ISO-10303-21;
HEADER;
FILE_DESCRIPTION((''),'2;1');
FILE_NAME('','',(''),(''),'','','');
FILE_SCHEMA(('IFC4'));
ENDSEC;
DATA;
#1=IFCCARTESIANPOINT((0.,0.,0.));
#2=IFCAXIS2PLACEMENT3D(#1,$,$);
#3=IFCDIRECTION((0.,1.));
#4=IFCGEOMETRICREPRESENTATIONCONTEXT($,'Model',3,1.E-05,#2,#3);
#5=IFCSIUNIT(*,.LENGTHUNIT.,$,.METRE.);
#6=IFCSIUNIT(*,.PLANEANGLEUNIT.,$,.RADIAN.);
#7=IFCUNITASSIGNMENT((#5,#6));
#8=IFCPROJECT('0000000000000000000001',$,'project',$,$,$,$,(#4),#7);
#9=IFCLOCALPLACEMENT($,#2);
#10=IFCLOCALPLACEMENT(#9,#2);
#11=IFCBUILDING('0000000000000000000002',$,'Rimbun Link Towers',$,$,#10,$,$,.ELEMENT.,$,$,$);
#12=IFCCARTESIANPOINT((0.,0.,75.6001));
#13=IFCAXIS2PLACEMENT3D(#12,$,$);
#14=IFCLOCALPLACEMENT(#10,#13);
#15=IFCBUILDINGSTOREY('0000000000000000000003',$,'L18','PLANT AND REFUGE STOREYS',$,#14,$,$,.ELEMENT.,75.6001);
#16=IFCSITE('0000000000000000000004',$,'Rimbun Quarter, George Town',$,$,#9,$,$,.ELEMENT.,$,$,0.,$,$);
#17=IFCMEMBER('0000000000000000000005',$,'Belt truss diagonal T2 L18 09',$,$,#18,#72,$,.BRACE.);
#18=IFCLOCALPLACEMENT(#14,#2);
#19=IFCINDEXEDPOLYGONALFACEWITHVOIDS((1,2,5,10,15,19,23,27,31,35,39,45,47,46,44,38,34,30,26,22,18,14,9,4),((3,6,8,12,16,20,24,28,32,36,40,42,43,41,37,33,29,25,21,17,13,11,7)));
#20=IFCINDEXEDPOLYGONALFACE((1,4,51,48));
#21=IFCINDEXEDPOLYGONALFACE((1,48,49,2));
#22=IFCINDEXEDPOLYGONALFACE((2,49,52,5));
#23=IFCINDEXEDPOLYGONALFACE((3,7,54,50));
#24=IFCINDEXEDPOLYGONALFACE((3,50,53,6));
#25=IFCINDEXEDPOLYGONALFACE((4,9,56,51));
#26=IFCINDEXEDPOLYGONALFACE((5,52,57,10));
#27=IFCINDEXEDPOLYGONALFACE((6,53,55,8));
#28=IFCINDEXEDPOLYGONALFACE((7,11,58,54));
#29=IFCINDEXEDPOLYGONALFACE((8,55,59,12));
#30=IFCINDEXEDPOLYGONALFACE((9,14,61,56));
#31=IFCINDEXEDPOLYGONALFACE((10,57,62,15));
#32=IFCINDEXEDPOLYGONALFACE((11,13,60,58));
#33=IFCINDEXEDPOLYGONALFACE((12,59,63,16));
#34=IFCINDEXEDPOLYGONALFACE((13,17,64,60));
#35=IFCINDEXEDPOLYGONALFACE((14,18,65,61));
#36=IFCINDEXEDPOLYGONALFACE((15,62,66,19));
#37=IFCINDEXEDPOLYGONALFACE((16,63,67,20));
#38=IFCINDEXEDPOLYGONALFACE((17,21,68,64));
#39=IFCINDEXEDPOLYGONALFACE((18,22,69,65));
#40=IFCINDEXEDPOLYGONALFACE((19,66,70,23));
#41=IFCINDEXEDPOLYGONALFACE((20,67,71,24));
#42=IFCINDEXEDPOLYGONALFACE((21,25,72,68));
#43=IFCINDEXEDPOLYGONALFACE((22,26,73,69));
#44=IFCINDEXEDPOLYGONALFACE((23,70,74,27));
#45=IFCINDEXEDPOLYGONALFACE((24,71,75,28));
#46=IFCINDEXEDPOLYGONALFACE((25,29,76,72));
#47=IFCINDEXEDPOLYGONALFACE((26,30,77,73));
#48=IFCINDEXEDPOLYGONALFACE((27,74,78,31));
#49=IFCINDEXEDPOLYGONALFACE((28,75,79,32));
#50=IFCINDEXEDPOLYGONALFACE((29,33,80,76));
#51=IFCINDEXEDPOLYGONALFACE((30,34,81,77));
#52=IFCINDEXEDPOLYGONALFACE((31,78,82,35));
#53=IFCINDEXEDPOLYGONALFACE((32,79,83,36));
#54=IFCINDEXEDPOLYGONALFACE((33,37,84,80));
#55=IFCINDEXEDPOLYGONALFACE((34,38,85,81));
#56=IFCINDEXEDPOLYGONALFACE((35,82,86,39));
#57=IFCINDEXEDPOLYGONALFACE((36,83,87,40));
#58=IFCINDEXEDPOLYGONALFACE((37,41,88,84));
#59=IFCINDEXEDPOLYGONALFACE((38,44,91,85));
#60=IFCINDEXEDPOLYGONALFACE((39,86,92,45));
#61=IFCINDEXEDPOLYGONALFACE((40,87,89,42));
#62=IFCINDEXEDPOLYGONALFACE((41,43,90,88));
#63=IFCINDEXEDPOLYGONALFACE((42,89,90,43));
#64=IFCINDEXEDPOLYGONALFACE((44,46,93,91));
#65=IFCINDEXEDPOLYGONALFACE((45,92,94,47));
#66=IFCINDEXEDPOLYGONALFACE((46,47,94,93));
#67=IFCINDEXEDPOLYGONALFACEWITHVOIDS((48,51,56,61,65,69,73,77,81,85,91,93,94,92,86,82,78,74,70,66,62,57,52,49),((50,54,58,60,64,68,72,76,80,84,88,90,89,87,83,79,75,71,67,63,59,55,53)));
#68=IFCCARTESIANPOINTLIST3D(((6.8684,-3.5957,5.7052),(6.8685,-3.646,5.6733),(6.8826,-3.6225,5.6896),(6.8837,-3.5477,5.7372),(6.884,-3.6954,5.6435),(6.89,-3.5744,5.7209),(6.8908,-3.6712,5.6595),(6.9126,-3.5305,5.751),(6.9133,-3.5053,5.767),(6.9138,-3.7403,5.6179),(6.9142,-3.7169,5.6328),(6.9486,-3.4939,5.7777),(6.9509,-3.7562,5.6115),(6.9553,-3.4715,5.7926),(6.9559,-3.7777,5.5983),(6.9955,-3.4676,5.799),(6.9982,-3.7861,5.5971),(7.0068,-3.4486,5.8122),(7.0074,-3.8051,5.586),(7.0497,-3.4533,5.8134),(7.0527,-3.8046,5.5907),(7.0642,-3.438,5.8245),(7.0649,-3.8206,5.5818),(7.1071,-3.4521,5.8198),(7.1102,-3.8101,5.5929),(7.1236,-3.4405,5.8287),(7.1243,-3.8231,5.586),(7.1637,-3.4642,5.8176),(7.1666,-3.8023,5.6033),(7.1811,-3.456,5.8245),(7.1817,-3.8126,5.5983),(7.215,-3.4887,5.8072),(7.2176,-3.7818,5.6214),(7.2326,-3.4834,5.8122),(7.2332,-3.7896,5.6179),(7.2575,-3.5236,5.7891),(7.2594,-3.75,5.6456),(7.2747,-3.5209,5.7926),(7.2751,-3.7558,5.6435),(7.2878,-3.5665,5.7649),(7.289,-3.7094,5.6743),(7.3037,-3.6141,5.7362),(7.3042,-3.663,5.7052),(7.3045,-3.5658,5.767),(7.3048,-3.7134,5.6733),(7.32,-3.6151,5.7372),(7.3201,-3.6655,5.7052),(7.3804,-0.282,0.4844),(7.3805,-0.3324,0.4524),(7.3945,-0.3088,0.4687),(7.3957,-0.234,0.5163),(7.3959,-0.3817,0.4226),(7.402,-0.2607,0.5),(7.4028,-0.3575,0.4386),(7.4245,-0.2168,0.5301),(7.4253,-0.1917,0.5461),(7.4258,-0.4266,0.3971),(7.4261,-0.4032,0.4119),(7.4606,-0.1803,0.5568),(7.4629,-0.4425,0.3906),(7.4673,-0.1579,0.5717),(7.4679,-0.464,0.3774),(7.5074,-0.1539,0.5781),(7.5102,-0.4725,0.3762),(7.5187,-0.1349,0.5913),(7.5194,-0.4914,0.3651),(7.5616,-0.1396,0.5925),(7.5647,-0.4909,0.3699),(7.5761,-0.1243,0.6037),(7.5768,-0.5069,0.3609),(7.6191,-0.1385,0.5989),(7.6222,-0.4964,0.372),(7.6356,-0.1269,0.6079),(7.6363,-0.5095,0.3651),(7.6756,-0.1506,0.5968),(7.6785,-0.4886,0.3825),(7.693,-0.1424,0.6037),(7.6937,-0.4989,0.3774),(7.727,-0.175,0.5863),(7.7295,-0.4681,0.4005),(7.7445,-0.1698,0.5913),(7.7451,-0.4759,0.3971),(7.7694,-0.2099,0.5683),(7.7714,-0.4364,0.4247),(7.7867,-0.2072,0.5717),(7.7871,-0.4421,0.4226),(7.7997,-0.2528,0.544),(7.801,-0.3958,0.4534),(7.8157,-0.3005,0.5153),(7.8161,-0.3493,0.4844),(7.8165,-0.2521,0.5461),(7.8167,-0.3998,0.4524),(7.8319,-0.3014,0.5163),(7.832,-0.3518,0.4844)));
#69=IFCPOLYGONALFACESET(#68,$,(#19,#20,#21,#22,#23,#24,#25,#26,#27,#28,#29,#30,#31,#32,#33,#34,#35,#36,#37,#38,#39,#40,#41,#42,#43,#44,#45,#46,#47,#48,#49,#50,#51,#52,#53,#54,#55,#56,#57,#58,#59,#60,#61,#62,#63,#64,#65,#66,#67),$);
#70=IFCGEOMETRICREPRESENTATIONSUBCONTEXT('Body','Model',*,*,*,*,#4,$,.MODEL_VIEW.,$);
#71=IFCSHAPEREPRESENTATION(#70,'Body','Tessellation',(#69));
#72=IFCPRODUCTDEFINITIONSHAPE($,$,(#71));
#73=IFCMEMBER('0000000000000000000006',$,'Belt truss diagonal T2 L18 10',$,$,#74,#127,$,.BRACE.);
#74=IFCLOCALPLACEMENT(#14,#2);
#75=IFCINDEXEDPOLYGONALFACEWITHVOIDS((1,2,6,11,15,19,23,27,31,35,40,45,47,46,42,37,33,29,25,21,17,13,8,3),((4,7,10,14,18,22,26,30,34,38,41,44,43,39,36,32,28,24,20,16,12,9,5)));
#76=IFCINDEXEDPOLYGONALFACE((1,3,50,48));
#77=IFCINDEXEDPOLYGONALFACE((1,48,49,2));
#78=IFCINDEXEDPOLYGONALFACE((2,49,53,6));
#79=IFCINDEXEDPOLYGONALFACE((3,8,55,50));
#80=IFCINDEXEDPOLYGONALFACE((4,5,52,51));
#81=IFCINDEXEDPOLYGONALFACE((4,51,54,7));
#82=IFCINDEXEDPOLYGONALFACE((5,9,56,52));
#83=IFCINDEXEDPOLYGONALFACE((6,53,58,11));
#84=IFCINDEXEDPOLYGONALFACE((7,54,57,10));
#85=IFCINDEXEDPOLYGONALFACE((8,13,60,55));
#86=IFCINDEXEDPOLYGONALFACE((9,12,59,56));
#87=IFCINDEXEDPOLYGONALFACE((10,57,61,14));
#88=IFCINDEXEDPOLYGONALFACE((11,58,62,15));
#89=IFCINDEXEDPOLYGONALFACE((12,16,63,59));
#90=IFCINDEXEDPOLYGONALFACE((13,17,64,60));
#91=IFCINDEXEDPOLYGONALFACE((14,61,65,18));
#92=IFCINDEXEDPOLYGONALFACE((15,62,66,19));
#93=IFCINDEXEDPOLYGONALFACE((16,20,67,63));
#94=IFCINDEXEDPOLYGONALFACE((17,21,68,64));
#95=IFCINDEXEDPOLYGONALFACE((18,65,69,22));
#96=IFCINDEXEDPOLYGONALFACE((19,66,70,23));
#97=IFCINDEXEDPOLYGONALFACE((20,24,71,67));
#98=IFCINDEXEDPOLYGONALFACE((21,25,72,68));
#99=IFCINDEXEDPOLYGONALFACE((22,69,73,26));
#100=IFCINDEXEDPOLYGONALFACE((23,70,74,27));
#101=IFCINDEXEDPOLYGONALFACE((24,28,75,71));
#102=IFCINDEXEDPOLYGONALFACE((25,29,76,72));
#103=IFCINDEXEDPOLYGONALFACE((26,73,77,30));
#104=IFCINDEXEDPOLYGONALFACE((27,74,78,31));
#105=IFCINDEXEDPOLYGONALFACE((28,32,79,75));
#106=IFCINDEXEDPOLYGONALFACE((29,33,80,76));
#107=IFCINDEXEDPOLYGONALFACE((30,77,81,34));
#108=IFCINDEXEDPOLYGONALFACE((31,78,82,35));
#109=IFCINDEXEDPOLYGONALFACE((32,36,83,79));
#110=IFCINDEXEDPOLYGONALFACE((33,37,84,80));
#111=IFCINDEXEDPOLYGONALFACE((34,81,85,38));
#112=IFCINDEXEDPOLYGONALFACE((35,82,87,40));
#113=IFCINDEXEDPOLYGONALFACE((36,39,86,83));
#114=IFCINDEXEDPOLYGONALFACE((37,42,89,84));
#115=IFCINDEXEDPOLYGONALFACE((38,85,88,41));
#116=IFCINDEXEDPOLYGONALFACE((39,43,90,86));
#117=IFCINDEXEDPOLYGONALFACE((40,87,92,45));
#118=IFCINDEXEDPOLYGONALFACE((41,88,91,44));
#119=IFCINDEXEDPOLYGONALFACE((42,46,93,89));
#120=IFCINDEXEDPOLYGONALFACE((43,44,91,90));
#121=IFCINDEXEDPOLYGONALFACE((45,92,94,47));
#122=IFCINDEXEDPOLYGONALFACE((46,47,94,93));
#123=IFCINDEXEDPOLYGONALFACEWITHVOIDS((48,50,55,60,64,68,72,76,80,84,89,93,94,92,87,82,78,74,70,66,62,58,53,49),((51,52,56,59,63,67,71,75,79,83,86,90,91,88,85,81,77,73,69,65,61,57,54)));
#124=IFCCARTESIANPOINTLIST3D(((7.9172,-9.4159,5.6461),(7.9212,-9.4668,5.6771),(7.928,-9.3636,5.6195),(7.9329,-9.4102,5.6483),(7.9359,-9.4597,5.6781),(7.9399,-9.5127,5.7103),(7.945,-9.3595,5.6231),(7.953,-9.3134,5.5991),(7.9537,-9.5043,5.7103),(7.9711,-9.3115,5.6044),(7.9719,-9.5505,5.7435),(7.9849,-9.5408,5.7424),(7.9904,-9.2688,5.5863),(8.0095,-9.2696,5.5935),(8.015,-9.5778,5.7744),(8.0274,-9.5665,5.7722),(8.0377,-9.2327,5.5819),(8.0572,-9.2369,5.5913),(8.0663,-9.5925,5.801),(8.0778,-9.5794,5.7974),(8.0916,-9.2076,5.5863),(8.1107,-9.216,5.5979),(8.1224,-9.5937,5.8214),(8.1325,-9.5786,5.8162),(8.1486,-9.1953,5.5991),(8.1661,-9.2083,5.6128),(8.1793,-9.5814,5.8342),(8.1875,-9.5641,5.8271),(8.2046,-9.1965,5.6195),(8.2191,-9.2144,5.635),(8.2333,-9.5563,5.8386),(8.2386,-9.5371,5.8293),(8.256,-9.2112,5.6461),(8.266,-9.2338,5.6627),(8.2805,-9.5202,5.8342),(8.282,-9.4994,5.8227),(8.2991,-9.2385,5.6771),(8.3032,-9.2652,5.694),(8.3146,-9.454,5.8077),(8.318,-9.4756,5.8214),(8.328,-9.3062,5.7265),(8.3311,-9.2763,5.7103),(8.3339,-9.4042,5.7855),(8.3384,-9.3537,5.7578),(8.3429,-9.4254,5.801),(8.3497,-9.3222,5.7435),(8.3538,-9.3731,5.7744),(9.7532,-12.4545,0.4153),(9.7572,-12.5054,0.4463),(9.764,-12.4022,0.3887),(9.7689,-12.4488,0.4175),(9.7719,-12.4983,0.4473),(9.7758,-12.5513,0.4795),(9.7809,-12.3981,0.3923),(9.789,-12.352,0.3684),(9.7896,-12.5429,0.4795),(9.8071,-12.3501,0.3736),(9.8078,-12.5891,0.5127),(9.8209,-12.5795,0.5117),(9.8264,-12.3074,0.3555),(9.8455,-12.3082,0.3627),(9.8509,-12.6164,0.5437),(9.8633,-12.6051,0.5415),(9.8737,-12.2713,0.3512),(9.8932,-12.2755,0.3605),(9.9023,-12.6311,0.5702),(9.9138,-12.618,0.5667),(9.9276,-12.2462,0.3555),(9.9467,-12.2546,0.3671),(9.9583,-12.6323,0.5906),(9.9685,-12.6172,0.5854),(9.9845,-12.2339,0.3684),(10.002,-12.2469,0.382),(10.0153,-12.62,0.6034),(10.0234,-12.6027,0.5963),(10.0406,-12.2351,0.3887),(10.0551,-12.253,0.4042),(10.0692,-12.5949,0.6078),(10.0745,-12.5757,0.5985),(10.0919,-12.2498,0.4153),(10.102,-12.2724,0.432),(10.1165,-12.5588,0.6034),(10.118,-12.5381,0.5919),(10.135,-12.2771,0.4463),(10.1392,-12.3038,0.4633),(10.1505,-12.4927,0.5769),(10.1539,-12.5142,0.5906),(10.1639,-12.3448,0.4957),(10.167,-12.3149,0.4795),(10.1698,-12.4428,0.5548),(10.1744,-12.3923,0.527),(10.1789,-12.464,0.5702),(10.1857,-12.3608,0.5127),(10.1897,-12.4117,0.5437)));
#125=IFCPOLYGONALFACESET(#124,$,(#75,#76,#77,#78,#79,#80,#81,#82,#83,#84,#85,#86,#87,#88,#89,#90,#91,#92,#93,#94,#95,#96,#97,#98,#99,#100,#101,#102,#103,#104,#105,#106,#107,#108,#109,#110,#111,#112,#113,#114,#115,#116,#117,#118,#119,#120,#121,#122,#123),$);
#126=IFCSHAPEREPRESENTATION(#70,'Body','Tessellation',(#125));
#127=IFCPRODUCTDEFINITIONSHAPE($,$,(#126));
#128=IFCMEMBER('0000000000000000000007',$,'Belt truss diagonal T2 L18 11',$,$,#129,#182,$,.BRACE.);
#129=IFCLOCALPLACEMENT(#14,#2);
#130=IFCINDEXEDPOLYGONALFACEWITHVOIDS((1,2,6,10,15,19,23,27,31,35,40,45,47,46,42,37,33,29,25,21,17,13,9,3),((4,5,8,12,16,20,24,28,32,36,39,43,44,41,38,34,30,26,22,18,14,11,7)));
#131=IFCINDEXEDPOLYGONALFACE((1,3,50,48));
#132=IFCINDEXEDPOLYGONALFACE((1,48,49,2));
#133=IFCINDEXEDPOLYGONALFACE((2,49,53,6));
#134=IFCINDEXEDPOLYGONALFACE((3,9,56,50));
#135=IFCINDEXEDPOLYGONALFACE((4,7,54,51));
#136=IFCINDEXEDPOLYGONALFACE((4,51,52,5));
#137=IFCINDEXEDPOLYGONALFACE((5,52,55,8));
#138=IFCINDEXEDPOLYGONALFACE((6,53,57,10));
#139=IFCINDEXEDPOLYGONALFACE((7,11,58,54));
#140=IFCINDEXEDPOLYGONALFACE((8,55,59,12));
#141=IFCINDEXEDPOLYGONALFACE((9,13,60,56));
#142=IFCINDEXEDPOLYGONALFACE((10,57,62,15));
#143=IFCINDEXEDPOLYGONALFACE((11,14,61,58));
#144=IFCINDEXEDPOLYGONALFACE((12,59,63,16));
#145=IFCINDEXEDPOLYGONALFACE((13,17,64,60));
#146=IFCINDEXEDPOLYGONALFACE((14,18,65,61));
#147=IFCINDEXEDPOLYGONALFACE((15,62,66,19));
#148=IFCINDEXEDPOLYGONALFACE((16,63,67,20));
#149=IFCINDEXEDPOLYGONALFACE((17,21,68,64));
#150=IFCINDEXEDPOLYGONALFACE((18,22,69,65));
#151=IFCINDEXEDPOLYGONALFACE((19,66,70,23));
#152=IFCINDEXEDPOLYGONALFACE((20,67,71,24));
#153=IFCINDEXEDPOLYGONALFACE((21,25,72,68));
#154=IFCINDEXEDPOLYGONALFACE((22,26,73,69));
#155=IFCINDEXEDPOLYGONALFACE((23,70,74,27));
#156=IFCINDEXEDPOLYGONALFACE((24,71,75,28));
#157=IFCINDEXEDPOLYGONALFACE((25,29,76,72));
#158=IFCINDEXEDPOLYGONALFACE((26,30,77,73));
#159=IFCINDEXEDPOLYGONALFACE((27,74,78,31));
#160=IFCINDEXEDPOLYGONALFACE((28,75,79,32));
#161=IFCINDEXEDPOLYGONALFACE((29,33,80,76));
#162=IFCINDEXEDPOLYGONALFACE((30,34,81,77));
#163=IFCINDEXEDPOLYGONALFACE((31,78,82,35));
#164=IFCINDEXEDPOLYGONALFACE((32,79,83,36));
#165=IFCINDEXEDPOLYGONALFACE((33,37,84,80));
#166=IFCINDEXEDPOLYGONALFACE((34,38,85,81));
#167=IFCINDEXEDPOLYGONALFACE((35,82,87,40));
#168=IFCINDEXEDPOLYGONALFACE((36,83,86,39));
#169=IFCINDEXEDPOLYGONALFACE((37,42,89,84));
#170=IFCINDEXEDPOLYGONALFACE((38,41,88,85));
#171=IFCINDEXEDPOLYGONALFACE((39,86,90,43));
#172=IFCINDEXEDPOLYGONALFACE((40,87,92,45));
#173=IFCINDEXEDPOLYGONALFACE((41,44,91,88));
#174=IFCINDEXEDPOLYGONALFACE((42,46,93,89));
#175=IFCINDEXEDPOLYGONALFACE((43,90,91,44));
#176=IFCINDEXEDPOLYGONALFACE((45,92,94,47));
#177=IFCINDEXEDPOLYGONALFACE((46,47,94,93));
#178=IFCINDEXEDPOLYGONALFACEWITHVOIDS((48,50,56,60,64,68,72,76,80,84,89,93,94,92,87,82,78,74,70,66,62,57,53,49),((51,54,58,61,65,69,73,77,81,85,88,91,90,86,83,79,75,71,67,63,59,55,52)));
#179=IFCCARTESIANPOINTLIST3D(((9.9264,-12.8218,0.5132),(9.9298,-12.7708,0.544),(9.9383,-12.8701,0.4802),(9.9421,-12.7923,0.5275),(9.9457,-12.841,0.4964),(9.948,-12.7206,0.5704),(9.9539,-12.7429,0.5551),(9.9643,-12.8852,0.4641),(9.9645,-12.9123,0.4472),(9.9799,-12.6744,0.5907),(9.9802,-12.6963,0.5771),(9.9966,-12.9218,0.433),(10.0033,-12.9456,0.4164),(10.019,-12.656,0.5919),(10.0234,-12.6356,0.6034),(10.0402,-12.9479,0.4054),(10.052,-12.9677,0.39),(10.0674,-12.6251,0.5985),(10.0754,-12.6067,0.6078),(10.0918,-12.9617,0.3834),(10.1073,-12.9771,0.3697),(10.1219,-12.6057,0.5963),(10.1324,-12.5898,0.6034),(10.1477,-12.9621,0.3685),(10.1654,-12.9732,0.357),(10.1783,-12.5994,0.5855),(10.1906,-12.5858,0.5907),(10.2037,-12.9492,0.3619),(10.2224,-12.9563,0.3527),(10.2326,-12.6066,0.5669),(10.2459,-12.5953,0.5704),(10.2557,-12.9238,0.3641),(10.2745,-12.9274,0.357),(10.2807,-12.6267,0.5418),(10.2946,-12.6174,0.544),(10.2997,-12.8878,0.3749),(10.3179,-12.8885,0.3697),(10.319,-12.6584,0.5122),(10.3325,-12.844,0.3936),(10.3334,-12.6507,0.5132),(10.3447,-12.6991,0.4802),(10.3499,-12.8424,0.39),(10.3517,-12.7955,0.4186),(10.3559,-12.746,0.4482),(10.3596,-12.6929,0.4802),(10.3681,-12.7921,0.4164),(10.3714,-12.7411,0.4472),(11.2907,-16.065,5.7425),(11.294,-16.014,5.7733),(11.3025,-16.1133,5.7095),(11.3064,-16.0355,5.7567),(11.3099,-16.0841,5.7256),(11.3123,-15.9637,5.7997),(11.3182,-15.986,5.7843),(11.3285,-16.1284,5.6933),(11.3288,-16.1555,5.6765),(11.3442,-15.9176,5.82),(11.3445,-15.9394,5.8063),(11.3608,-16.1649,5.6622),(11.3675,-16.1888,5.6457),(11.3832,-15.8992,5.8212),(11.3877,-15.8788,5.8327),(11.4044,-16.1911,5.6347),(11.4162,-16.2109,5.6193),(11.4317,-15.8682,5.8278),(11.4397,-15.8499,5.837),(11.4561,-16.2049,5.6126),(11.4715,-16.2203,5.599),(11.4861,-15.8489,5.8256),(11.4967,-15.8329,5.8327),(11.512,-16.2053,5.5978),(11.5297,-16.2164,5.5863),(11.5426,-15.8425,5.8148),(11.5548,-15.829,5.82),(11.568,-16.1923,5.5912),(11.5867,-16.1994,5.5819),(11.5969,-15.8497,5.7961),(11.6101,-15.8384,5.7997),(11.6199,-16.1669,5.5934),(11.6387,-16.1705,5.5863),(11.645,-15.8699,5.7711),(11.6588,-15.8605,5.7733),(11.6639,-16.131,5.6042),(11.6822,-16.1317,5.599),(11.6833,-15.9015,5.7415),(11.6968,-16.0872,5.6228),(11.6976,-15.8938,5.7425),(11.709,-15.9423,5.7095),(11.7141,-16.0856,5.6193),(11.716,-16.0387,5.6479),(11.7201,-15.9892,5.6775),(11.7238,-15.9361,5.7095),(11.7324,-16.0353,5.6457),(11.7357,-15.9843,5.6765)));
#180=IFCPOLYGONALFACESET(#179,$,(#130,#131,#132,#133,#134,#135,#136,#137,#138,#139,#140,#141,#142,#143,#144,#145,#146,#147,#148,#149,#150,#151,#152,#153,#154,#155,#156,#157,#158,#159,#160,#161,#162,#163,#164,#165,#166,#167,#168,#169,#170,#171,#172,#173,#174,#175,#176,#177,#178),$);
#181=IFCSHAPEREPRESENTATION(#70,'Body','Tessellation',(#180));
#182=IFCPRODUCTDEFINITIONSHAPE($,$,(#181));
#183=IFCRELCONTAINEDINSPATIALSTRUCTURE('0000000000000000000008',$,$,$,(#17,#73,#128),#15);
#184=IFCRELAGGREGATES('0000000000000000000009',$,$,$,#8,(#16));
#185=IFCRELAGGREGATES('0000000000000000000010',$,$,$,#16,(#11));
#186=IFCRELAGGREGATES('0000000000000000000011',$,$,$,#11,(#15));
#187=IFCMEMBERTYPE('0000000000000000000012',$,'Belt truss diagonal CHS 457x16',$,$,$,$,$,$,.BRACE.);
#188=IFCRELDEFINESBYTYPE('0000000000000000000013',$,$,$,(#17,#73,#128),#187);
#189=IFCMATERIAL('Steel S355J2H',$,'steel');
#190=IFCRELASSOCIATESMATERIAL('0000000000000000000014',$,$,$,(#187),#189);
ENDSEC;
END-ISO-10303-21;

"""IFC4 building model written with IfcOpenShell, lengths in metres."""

from ifc_helpers import new_model, si_unit, direction, frame, origin, origin_2d, place, context, subcontext, project, spatial, hollow_circle, extrude, material, material_profile, profile_set, type_object, element, save


model = new_model("IFC4")

# Units and contexts
model_context = context("Model", 3, precision=1e-05, world=origin(), true_north=direction((0.0, 1.0)))
body_context = subcontext(model_context, "Body", "Model", "MODEL_VIEW")
ifc_project = project(units=[si_unit("LENGTHUNIT", "METRE"), si_unit("PLANEANGLEUNIT", "RADIAN")], contexts=[model_context])

# Site, building, storey
site_placement = place(None, origin())
site = spatial("IfcSite", under=ifc_project, at=site_placement, Name="Rimbun Quarter, George Town", CompositionType="ELEMENT", RefElevation=0.0)
building_placement = place(site_placement, origin())
building = spatial("IfcBuilding", under=site, at=building_placement, Name="Rimbun Link Towers", CompositionType="ELEMENT")
storey_placement = place(building_placement, frame((0.0, 0.0, 75.6001)))
storey = spatial("IfcBuildingStorey", under=building, at=storey_placement, Name="L18", Description="PLANT AND REFUGE STOREYS", CompositionType="ELEMENT", Elevation=75.6001)

# Members
ifc_material_1 = material(Name="Steel S355J2H", Category="steel")
ifc_material_profile_1 = material_profile(ifc_material_1, hollow_circle(Radius=0.2285, WallThickness=0.0161, at=origin_2d()), Name="Belt truss diagonal CHS 457x16")
ifc_profile_set_1 = profile_set([ifc_material_profile_1], Name="Steel S355J2H")
member_type_1 = type_object("IfcMemberType", Name="Belt truss diagonal CHS 457x16", PredefinedType="BRACE", material=ifc_profile_set_1)
member_1_placement = place(storey_placement, frame((7.6062, -0.3169, 0.4844), z_axis=(-0.082509, -0.534047, 0.841419), x_axis=(0.988275, -0.152686, 0.0)))
element("IfcMember", 1, at=member_1_placement, inside=storey, type_object=member_type_1, Name="Belt truss diagonal T2 L18 09", PredefinedType="BRACE", context=body_context, shape_type="SweptSolid", body=[
    extrude(hollow_circle(Radius=0.2285, WallThickness=0.0161, at=origin_2d()), origin(), (0.0, 0.0, 1.0), 6.2048),
])
member_2_placement = place(storey_placement, frame((9.9714, -12.4331, 0.4795), z_axis=(-0.290418, 0.480657, 0.827421), x_axis=(-0.855899, -0.517143, 0.0)))
element("IfcMember", 2, at=member_2_placement, inside=storey, type_object=member_type_1, Name="Belt truss diagonal T2 L18 10", PredefinedType="BRACE", context=body_context, shape_type="SweptSolid", body=[
    extrude(hollow_circle(Radius=0.2285, WallThickness=0.0161, at=origin_2d()), origin(), (0.0, 0.0, 1.0), 6.3218),
])
member_3_placement = place(storey_placement, frame((10.1489, -12.7815, 0.4802), z_axis=(0.216455, -0.514565, 0.82968), x_axis=(0.921766, 0.387747, 0.0)))
element("IfcMember", 3, at=member_3_placement, inside=storey, type_object=member_type_1, Name="Belt truss diagonal T2 L18 11", PredefinedType="BRACE", context=body_context, shape_type="SweptSolid", body=[
    extrude(hollow_circle(Radius=0.2285, WallThickness=0.0161, at=origin_2d()), origin(), (0.0, 0.0, 1.0), 6.3027),
])

save(model, "model.ifc")
